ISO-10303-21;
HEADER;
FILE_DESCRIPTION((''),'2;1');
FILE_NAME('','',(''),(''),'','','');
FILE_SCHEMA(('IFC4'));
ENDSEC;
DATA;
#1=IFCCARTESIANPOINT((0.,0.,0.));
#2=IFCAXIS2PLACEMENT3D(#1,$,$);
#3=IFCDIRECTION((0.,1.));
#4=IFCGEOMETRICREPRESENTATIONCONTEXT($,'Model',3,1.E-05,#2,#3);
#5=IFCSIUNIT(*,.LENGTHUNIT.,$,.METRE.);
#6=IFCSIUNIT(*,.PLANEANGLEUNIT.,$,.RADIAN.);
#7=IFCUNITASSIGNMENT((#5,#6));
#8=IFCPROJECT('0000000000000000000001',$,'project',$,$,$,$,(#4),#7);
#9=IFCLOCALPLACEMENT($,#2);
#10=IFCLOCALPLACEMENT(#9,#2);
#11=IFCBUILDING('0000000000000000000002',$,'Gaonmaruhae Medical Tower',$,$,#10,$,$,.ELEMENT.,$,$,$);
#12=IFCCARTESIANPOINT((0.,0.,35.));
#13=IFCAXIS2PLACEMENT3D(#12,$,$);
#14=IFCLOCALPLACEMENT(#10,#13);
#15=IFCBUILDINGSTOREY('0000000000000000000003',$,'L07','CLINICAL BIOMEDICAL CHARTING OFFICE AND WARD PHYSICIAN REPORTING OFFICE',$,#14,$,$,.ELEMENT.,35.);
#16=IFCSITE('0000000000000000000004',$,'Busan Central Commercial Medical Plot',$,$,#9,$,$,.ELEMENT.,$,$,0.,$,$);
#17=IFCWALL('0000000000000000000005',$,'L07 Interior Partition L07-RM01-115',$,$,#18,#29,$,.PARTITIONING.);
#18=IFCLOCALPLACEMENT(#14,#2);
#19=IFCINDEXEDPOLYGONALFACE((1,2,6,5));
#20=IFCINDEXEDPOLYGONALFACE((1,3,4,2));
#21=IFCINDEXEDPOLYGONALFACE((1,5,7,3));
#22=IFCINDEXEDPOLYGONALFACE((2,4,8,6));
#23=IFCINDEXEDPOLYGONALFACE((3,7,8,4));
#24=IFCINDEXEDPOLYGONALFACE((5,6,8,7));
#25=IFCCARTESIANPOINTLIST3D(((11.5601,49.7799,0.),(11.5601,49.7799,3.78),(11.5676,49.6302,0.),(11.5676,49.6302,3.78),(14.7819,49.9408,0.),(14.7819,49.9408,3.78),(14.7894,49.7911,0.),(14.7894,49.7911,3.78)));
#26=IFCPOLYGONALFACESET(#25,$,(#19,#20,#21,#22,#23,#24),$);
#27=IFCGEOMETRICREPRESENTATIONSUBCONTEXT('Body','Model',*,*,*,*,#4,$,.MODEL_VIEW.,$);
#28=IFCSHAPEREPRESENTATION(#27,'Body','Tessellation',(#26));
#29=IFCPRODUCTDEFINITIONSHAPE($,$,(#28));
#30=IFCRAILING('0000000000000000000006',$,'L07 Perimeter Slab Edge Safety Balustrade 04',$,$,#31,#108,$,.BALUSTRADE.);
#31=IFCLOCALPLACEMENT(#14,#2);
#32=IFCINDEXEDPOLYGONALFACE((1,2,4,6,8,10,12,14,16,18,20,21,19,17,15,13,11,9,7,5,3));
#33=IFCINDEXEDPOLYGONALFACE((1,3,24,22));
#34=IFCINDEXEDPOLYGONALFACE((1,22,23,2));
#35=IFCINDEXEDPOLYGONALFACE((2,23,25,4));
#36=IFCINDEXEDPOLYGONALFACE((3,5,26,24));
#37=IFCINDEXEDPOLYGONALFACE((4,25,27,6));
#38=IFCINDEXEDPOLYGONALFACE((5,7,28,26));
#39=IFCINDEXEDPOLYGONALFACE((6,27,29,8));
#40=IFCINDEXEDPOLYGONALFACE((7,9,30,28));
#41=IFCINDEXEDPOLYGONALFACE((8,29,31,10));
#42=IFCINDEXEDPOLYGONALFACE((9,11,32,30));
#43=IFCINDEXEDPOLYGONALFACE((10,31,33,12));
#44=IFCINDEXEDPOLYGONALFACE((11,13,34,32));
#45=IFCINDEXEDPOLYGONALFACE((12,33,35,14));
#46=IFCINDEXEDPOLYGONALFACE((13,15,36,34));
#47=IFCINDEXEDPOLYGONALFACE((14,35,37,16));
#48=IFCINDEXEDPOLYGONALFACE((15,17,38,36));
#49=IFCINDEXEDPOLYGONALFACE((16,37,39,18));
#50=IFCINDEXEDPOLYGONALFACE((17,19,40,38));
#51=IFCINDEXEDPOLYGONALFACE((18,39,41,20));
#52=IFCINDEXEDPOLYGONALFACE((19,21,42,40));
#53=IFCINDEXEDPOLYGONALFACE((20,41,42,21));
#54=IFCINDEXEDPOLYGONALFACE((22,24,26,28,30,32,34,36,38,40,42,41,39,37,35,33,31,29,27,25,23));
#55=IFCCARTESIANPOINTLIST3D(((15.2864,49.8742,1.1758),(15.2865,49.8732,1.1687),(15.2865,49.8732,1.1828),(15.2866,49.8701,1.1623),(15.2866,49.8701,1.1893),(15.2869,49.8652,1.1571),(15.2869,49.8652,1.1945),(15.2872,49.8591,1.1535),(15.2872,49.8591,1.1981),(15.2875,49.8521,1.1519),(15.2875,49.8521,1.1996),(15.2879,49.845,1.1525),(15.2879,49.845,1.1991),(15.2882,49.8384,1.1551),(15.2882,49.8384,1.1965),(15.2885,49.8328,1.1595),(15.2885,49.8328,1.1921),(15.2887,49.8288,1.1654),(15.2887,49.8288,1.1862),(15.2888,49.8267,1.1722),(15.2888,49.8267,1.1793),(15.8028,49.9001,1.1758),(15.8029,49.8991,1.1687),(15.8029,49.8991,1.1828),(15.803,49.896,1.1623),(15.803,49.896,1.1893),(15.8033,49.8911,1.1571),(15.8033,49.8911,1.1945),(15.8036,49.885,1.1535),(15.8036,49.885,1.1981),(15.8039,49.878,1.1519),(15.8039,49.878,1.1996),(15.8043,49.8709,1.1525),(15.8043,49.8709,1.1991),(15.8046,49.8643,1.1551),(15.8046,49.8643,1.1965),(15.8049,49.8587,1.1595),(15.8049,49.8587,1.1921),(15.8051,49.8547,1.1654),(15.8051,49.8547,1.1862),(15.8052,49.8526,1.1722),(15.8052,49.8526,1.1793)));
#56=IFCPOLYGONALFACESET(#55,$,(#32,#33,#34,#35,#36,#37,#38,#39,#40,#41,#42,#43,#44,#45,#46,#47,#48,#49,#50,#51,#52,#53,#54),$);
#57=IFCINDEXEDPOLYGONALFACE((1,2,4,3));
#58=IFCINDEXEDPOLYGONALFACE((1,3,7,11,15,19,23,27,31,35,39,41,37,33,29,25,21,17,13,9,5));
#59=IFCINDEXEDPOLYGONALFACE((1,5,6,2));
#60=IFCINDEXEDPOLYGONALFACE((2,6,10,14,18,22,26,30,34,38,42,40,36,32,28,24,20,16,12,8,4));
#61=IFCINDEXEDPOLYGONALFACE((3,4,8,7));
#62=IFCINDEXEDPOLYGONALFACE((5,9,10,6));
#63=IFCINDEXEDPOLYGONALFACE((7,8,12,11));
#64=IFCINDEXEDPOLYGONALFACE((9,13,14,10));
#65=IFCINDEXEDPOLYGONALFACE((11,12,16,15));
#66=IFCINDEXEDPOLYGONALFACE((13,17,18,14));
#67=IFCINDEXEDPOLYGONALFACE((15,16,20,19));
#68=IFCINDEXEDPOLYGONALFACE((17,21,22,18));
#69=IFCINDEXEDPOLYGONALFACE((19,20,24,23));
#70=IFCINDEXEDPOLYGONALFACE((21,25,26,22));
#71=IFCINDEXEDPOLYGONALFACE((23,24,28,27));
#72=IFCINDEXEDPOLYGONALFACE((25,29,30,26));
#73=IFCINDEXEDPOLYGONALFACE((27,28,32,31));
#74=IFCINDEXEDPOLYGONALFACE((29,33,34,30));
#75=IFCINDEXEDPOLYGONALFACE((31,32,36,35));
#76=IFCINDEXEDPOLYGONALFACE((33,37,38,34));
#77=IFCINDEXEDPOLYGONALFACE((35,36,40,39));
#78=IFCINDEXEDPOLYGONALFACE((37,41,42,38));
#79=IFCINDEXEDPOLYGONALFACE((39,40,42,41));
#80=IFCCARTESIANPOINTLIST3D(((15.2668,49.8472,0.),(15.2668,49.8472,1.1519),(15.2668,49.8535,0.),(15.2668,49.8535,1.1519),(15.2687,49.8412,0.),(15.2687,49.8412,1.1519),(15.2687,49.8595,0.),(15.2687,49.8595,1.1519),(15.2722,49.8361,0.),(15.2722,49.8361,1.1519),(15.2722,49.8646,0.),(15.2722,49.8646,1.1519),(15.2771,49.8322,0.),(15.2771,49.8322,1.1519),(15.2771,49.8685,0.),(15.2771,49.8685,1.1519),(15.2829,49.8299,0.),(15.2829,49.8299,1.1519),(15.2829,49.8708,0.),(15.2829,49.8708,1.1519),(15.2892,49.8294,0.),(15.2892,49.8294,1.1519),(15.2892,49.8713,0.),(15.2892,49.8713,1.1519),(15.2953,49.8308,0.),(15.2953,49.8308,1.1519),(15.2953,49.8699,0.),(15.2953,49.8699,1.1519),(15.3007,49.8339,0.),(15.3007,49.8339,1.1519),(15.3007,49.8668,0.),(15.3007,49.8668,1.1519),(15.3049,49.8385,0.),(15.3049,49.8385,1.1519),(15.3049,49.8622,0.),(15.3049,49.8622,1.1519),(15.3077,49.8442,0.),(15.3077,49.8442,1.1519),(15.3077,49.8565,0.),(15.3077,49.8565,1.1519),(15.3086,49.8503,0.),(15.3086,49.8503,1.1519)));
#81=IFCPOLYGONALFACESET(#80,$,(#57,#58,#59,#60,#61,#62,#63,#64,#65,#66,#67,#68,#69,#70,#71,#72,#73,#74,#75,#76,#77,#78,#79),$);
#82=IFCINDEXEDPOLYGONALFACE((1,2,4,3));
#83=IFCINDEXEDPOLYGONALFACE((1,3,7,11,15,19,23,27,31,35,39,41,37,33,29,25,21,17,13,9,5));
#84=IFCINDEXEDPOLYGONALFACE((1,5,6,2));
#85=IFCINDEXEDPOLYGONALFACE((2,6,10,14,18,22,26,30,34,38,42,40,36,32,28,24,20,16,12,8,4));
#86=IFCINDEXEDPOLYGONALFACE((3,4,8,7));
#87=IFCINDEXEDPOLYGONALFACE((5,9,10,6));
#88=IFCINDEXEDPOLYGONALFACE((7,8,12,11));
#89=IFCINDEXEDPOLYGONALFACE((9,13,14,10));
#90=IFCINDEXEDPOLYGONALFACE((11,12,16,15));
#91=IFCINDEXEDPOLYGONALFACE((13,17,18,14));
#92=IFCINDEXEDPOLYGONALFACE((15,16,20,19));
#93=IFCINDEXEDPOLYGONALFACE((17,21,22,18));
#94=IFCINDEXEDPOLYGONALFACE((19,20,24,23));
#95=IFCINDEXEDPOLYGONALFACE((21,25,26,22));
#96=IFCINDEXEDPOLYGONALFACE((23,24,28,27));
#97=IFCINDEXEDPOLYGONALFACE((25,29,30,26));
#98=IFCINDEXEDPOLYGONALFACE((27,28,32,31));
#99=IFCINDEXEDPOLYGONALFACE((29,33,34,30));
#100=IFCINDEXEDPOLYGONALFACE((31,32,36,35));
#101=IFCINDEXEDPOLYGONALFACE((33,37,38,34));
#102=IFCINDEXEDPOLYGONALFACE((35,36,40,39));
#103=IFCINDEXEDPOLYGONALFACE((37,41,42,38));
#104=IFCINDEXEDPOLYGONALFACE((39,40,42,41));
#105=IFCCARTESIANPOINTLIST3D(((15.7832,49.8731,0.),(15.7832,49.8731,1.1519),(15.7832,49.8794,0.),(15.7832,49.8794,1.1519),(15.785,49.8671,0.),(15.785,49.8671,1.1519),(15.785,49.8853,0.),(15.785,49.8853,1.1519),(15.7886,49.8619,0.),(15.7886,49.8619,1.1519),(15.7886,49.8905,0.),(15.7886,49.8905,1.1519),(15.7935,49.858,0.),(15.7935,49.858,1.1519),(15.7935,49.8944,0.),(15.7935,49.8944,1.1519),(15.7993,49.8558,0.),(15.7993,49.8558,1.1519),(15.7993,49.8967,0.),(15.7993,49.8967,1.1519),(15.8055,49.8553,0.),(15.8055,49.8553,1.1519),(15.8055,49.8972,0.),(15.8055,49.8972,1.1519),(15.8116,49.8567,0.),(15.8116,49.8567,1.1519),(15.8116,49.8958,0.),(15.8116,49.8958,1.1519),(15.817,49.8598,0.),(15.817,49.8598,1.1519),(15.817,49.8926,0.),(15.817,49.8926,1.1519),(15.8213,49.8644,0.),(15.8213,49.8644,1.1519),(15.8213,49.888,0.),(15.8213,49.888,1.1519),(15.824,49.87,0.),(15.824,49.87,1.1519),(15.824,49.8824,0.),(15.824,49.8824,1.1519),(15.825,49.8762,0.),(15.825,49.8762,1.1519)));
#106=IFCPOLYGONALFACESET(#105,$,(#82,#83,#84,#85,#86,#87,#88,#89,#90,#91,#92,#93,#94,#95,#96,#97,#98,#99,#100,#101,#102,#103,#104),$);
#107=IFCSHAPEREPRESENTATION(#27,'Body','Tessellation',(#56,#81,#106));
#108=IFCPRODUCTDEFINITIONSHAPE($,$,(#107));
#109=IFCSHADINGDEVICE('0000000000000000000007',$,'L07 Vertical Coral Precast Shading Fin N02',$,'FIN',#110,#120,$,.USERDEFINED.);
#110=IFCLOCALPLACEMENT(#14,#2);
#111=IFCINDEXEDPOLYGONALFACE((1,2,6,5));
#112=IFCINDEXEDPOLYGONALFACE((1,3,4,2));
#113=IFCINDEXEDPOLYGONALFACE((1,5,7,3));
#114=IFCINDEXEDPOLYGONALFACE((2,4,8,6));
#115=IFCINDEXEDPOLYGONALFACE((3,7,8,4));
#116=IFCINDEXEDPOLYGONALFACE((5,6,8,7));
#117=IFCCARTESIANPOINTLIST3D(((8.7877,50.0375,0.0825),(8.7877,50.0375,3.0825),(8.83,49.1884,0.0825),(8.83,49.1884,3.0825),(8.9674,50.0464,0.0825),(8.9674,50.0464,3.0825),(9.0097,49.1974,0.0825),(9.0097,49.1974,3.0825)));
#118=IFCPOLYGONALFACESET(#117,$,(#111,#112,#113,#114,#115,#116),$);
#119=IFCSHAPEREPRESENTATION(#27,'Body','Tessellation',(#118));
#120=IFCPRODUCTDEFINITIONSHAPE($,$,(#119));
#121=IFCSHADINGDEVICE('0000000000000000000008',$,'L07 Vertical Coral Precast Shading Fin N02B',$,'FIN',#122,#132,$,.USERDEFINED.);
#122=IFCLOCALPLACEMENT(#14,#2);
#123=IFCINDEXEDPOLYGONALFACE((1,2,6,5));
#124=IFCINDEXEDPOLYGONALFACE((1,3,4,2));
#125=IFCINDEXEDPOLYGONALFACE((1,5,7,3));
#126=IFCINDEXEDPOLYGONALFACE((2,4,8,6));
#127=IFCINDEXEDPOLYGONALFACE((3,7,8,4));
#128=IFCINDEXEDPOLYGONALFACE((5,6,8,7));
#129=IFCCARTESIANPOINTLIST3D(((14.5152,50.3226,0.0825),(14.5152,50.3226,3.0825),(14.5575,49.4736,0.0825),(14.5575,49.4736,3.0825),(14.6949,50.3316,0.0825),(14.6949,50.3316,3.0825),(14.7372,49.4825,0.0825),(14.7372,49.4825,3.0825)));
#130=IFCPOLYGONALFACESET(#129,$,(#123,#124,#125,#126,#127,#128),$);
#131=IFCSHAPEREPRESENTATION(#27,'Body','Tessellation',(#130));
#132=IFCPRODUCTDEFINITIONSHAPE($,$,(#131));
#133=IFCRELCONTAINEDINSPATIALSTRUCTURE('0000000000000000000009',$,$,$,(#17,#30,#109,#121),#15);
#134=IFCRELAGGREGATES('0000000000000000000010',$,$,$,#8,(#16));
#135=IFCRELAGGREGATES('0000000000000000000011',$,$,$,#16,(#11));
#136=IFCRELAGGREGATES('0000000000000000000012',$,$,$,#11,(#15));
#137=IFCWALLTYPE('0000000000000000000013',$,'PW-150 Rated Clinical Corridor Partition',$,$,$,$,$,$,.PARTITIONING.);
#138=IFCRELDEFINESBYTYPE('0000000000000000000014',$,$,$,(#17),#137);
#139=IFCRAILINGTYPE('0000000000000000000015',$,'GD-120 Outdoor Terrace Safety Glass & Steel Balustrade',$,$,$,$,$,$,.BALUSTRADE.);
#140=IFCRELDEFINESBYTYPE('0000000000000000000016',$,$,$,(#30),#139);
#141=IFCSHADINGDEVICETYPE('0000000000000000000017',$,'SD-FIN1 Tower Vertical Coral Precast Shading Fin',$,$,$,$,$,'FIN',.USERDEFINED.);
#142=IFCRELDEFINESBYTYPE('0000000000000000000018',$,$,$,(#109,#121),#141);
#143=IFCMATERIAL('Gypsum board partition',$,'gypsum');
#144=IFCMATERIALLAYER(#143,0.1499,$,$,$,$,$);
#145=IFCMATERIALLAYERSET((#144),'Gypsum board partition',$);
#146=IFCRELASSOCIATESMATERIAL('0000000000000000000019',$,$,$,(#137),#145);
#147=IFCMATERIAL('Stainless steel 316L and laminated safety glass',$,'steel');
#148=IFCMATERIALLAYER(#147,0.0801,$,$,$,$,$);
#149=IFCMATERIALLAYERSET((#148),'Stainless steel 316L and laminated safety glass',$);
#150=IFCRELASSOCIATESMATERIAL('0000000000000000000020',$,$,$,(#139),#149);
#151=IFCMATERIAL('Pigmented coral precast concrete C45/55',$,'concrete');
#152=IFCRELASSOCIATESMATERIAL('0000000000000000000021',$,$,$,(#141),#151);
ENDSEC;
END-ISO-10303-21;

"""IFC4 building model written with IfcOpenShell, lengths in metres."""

from ifc_helpers import new_model, si_unit, direction, frame, frame_2d, origin, origin_2d, place, context, subcontext, project, spatial, rectangle, circle, extrude, material, layer, layer_set, type_object, element, save


model = new_model("IFC4")

# Units and contexts
model_context = context("Model", 3, precision=1e-05, world=origin(), true_north=direction((0.0, 1.0)))
body_context = subcontext(model_context, "Body", "Model", "MODEL_VIEW")
ifc_project = project(units=[si_unit("LENGTHUNIT", "METRE"), si_unit("PLANEANGLEUNIT", "RADIAN")], contexts=[model_context])

# Site, building, storey
site_placement = place(None, origin())
site = spatial("IfcSite", under=ifc_project, at=site_placement, Name="Busan Central Commercial Medical Plot", CompositionType="ELEMENT", RefElevation=0.0)
building_placement = place(site_placement, origin())
building = spatial("IfcBuilding", under=site, at=building_placement, Name="Gaonmaruhae Medical Tower", CompositionType="ELEMENT")
storey_placement = place(building_placement, frame((0.0, 0.0, 35.0)))
storey = spatial("IfcBuildingStorey", under=building, at=storey_placement, Name="L07", Description="CLINICAL BIOMEDICAL CHARTING OFFICE AND WARD PHYSICIAN REPORTING OFFICE", CompositionType="ELEMENT", Elevation=35.0)

# Shared definitions
ifc_material_1 = material(Name="Gypsum board partition", Category="gypsum")
ifc_layer_1 = layer(ifc_material_1, 0.1499)
ifc_layer_set_1 = layer_set([ifc_layer_1], Name="Gypsum board partition")
wall_type_1 = type_object("IfcWallType", Name="PW-150 Rated Clinical Corridor Partition", PredefinedType="PARTITIONING", material=ifc_layer_set_1)

# Wall
wall_1_placement = place(storey_placement, frame((11.564, 49.7051, 0.0), z_axis=(0.0, 0.0, 1.0), x_axis=(0.998756, 0.049873, 0.0)))
element("IfcWall", 1, at=wall_1_placement, inside=storey, type_object=wall_type_1, Name="L07 Interior Partition L07-RM01-115", PredefinedType="PARTITIONING", context=body_context, shape_type="SweptSolid", body=[
    extrude(rectangle(XDim=3.2258, YDim=0.1499, at=frame_2d((1.6128, 0.0))), origin(), (0.0, 0.0, 1.0), 3.78),
])

# Railing
ifc_material_2 = material(Name="Stainless steel 316L and laminated safety glass", Category="steel")
ifc_layer_2 = layer(ifc_material_2, 0.0801)
ifc_layer_set_2 = layer_set([ifc_layer_2], Name="Stainless steel 316L and laminated safety glass")
railing_type = type_object("IfcRailingType", Name="GD-120 Outdoor Terrace Safety Glass & Steel Balustrade", PredefinedType="BALUSTRADE", material=ifc_layer_set_2)
railing_placement = place(storey_placement, frame((15.2876, 49.8503, 0.0)))
element("IfcRailing", 2, at=railing_placement, inside=storey, type_object=railing_type, Name="L07 Perimeter Slab Edge Safety Balustrade 04", PredefinedType="BALUSTRADE", context=body_context, shape_type="SweptSolid", body=[
    extrude(circle(Radius=0.0239, at=origin_2d()), frame((0.0, 0.0, 1.1758), z_axis=(0.998746, 0.050055, 0.0), x_axis=(-0.050055, 0.998746, 0.0)), (0.0, 0.0, 1.0), 0.5171),
    extrude(circle(Radius=0.021, at=origin_2d()), origin(), (0.0, 0.0, 1.0), 1.1519),
    extrude(circle(Radius=0.021, at=origin_2d()), frame((0.5164, 0.0259, 0.0)), (0.0, 0.0, 1.0), 1.1519),
])

# Shading devices
ifc_material_3 = material(Name="Pigmented coral precast concrete C45/55", Category="concrete")
shading_device_type = type_object("IfcShadingDeviceType", Name="SD-FIN1 Tower Vertical Coral Precast Shading Fin", ElementType="FIN", PredefinedType="USERDEFINED", material=ifc_material_3)
for number, where, z_axis, x_axis, name in (
    (3, (8.8987, 49.6174, 0.0825), (0.0, 0.0, 1.0), (0.998763, 0.049721, 0.0), "L07 Vertical Coral Precast Shading Fin N02"),
    (4, (14.6262, 49.9026, 0.0825), (0.0, 0.0, 1.0), (0.998763, 0.049721, 0.0), "L07 Vertical Coral Precast Shading Fin N02B"),
):
    element("IfcShadingDevice", number, at=place(storey_placement, frame(where, z_axis=z_axis, x_axis=x_axis)), inside=storey, type_object=shading_device_type, Name=name, ObjectType="FIN", PredefinedType="USERDEFINED", context=body_context, shape_type="SweptSolid", body=[
        extrude(rectangle(XDim=0.1799, YDim=0.8501, at=origin_2d()), origin(), (0.0, 0.0, 1.0), 3.0),
    ])

save(model, "model.ifc")
